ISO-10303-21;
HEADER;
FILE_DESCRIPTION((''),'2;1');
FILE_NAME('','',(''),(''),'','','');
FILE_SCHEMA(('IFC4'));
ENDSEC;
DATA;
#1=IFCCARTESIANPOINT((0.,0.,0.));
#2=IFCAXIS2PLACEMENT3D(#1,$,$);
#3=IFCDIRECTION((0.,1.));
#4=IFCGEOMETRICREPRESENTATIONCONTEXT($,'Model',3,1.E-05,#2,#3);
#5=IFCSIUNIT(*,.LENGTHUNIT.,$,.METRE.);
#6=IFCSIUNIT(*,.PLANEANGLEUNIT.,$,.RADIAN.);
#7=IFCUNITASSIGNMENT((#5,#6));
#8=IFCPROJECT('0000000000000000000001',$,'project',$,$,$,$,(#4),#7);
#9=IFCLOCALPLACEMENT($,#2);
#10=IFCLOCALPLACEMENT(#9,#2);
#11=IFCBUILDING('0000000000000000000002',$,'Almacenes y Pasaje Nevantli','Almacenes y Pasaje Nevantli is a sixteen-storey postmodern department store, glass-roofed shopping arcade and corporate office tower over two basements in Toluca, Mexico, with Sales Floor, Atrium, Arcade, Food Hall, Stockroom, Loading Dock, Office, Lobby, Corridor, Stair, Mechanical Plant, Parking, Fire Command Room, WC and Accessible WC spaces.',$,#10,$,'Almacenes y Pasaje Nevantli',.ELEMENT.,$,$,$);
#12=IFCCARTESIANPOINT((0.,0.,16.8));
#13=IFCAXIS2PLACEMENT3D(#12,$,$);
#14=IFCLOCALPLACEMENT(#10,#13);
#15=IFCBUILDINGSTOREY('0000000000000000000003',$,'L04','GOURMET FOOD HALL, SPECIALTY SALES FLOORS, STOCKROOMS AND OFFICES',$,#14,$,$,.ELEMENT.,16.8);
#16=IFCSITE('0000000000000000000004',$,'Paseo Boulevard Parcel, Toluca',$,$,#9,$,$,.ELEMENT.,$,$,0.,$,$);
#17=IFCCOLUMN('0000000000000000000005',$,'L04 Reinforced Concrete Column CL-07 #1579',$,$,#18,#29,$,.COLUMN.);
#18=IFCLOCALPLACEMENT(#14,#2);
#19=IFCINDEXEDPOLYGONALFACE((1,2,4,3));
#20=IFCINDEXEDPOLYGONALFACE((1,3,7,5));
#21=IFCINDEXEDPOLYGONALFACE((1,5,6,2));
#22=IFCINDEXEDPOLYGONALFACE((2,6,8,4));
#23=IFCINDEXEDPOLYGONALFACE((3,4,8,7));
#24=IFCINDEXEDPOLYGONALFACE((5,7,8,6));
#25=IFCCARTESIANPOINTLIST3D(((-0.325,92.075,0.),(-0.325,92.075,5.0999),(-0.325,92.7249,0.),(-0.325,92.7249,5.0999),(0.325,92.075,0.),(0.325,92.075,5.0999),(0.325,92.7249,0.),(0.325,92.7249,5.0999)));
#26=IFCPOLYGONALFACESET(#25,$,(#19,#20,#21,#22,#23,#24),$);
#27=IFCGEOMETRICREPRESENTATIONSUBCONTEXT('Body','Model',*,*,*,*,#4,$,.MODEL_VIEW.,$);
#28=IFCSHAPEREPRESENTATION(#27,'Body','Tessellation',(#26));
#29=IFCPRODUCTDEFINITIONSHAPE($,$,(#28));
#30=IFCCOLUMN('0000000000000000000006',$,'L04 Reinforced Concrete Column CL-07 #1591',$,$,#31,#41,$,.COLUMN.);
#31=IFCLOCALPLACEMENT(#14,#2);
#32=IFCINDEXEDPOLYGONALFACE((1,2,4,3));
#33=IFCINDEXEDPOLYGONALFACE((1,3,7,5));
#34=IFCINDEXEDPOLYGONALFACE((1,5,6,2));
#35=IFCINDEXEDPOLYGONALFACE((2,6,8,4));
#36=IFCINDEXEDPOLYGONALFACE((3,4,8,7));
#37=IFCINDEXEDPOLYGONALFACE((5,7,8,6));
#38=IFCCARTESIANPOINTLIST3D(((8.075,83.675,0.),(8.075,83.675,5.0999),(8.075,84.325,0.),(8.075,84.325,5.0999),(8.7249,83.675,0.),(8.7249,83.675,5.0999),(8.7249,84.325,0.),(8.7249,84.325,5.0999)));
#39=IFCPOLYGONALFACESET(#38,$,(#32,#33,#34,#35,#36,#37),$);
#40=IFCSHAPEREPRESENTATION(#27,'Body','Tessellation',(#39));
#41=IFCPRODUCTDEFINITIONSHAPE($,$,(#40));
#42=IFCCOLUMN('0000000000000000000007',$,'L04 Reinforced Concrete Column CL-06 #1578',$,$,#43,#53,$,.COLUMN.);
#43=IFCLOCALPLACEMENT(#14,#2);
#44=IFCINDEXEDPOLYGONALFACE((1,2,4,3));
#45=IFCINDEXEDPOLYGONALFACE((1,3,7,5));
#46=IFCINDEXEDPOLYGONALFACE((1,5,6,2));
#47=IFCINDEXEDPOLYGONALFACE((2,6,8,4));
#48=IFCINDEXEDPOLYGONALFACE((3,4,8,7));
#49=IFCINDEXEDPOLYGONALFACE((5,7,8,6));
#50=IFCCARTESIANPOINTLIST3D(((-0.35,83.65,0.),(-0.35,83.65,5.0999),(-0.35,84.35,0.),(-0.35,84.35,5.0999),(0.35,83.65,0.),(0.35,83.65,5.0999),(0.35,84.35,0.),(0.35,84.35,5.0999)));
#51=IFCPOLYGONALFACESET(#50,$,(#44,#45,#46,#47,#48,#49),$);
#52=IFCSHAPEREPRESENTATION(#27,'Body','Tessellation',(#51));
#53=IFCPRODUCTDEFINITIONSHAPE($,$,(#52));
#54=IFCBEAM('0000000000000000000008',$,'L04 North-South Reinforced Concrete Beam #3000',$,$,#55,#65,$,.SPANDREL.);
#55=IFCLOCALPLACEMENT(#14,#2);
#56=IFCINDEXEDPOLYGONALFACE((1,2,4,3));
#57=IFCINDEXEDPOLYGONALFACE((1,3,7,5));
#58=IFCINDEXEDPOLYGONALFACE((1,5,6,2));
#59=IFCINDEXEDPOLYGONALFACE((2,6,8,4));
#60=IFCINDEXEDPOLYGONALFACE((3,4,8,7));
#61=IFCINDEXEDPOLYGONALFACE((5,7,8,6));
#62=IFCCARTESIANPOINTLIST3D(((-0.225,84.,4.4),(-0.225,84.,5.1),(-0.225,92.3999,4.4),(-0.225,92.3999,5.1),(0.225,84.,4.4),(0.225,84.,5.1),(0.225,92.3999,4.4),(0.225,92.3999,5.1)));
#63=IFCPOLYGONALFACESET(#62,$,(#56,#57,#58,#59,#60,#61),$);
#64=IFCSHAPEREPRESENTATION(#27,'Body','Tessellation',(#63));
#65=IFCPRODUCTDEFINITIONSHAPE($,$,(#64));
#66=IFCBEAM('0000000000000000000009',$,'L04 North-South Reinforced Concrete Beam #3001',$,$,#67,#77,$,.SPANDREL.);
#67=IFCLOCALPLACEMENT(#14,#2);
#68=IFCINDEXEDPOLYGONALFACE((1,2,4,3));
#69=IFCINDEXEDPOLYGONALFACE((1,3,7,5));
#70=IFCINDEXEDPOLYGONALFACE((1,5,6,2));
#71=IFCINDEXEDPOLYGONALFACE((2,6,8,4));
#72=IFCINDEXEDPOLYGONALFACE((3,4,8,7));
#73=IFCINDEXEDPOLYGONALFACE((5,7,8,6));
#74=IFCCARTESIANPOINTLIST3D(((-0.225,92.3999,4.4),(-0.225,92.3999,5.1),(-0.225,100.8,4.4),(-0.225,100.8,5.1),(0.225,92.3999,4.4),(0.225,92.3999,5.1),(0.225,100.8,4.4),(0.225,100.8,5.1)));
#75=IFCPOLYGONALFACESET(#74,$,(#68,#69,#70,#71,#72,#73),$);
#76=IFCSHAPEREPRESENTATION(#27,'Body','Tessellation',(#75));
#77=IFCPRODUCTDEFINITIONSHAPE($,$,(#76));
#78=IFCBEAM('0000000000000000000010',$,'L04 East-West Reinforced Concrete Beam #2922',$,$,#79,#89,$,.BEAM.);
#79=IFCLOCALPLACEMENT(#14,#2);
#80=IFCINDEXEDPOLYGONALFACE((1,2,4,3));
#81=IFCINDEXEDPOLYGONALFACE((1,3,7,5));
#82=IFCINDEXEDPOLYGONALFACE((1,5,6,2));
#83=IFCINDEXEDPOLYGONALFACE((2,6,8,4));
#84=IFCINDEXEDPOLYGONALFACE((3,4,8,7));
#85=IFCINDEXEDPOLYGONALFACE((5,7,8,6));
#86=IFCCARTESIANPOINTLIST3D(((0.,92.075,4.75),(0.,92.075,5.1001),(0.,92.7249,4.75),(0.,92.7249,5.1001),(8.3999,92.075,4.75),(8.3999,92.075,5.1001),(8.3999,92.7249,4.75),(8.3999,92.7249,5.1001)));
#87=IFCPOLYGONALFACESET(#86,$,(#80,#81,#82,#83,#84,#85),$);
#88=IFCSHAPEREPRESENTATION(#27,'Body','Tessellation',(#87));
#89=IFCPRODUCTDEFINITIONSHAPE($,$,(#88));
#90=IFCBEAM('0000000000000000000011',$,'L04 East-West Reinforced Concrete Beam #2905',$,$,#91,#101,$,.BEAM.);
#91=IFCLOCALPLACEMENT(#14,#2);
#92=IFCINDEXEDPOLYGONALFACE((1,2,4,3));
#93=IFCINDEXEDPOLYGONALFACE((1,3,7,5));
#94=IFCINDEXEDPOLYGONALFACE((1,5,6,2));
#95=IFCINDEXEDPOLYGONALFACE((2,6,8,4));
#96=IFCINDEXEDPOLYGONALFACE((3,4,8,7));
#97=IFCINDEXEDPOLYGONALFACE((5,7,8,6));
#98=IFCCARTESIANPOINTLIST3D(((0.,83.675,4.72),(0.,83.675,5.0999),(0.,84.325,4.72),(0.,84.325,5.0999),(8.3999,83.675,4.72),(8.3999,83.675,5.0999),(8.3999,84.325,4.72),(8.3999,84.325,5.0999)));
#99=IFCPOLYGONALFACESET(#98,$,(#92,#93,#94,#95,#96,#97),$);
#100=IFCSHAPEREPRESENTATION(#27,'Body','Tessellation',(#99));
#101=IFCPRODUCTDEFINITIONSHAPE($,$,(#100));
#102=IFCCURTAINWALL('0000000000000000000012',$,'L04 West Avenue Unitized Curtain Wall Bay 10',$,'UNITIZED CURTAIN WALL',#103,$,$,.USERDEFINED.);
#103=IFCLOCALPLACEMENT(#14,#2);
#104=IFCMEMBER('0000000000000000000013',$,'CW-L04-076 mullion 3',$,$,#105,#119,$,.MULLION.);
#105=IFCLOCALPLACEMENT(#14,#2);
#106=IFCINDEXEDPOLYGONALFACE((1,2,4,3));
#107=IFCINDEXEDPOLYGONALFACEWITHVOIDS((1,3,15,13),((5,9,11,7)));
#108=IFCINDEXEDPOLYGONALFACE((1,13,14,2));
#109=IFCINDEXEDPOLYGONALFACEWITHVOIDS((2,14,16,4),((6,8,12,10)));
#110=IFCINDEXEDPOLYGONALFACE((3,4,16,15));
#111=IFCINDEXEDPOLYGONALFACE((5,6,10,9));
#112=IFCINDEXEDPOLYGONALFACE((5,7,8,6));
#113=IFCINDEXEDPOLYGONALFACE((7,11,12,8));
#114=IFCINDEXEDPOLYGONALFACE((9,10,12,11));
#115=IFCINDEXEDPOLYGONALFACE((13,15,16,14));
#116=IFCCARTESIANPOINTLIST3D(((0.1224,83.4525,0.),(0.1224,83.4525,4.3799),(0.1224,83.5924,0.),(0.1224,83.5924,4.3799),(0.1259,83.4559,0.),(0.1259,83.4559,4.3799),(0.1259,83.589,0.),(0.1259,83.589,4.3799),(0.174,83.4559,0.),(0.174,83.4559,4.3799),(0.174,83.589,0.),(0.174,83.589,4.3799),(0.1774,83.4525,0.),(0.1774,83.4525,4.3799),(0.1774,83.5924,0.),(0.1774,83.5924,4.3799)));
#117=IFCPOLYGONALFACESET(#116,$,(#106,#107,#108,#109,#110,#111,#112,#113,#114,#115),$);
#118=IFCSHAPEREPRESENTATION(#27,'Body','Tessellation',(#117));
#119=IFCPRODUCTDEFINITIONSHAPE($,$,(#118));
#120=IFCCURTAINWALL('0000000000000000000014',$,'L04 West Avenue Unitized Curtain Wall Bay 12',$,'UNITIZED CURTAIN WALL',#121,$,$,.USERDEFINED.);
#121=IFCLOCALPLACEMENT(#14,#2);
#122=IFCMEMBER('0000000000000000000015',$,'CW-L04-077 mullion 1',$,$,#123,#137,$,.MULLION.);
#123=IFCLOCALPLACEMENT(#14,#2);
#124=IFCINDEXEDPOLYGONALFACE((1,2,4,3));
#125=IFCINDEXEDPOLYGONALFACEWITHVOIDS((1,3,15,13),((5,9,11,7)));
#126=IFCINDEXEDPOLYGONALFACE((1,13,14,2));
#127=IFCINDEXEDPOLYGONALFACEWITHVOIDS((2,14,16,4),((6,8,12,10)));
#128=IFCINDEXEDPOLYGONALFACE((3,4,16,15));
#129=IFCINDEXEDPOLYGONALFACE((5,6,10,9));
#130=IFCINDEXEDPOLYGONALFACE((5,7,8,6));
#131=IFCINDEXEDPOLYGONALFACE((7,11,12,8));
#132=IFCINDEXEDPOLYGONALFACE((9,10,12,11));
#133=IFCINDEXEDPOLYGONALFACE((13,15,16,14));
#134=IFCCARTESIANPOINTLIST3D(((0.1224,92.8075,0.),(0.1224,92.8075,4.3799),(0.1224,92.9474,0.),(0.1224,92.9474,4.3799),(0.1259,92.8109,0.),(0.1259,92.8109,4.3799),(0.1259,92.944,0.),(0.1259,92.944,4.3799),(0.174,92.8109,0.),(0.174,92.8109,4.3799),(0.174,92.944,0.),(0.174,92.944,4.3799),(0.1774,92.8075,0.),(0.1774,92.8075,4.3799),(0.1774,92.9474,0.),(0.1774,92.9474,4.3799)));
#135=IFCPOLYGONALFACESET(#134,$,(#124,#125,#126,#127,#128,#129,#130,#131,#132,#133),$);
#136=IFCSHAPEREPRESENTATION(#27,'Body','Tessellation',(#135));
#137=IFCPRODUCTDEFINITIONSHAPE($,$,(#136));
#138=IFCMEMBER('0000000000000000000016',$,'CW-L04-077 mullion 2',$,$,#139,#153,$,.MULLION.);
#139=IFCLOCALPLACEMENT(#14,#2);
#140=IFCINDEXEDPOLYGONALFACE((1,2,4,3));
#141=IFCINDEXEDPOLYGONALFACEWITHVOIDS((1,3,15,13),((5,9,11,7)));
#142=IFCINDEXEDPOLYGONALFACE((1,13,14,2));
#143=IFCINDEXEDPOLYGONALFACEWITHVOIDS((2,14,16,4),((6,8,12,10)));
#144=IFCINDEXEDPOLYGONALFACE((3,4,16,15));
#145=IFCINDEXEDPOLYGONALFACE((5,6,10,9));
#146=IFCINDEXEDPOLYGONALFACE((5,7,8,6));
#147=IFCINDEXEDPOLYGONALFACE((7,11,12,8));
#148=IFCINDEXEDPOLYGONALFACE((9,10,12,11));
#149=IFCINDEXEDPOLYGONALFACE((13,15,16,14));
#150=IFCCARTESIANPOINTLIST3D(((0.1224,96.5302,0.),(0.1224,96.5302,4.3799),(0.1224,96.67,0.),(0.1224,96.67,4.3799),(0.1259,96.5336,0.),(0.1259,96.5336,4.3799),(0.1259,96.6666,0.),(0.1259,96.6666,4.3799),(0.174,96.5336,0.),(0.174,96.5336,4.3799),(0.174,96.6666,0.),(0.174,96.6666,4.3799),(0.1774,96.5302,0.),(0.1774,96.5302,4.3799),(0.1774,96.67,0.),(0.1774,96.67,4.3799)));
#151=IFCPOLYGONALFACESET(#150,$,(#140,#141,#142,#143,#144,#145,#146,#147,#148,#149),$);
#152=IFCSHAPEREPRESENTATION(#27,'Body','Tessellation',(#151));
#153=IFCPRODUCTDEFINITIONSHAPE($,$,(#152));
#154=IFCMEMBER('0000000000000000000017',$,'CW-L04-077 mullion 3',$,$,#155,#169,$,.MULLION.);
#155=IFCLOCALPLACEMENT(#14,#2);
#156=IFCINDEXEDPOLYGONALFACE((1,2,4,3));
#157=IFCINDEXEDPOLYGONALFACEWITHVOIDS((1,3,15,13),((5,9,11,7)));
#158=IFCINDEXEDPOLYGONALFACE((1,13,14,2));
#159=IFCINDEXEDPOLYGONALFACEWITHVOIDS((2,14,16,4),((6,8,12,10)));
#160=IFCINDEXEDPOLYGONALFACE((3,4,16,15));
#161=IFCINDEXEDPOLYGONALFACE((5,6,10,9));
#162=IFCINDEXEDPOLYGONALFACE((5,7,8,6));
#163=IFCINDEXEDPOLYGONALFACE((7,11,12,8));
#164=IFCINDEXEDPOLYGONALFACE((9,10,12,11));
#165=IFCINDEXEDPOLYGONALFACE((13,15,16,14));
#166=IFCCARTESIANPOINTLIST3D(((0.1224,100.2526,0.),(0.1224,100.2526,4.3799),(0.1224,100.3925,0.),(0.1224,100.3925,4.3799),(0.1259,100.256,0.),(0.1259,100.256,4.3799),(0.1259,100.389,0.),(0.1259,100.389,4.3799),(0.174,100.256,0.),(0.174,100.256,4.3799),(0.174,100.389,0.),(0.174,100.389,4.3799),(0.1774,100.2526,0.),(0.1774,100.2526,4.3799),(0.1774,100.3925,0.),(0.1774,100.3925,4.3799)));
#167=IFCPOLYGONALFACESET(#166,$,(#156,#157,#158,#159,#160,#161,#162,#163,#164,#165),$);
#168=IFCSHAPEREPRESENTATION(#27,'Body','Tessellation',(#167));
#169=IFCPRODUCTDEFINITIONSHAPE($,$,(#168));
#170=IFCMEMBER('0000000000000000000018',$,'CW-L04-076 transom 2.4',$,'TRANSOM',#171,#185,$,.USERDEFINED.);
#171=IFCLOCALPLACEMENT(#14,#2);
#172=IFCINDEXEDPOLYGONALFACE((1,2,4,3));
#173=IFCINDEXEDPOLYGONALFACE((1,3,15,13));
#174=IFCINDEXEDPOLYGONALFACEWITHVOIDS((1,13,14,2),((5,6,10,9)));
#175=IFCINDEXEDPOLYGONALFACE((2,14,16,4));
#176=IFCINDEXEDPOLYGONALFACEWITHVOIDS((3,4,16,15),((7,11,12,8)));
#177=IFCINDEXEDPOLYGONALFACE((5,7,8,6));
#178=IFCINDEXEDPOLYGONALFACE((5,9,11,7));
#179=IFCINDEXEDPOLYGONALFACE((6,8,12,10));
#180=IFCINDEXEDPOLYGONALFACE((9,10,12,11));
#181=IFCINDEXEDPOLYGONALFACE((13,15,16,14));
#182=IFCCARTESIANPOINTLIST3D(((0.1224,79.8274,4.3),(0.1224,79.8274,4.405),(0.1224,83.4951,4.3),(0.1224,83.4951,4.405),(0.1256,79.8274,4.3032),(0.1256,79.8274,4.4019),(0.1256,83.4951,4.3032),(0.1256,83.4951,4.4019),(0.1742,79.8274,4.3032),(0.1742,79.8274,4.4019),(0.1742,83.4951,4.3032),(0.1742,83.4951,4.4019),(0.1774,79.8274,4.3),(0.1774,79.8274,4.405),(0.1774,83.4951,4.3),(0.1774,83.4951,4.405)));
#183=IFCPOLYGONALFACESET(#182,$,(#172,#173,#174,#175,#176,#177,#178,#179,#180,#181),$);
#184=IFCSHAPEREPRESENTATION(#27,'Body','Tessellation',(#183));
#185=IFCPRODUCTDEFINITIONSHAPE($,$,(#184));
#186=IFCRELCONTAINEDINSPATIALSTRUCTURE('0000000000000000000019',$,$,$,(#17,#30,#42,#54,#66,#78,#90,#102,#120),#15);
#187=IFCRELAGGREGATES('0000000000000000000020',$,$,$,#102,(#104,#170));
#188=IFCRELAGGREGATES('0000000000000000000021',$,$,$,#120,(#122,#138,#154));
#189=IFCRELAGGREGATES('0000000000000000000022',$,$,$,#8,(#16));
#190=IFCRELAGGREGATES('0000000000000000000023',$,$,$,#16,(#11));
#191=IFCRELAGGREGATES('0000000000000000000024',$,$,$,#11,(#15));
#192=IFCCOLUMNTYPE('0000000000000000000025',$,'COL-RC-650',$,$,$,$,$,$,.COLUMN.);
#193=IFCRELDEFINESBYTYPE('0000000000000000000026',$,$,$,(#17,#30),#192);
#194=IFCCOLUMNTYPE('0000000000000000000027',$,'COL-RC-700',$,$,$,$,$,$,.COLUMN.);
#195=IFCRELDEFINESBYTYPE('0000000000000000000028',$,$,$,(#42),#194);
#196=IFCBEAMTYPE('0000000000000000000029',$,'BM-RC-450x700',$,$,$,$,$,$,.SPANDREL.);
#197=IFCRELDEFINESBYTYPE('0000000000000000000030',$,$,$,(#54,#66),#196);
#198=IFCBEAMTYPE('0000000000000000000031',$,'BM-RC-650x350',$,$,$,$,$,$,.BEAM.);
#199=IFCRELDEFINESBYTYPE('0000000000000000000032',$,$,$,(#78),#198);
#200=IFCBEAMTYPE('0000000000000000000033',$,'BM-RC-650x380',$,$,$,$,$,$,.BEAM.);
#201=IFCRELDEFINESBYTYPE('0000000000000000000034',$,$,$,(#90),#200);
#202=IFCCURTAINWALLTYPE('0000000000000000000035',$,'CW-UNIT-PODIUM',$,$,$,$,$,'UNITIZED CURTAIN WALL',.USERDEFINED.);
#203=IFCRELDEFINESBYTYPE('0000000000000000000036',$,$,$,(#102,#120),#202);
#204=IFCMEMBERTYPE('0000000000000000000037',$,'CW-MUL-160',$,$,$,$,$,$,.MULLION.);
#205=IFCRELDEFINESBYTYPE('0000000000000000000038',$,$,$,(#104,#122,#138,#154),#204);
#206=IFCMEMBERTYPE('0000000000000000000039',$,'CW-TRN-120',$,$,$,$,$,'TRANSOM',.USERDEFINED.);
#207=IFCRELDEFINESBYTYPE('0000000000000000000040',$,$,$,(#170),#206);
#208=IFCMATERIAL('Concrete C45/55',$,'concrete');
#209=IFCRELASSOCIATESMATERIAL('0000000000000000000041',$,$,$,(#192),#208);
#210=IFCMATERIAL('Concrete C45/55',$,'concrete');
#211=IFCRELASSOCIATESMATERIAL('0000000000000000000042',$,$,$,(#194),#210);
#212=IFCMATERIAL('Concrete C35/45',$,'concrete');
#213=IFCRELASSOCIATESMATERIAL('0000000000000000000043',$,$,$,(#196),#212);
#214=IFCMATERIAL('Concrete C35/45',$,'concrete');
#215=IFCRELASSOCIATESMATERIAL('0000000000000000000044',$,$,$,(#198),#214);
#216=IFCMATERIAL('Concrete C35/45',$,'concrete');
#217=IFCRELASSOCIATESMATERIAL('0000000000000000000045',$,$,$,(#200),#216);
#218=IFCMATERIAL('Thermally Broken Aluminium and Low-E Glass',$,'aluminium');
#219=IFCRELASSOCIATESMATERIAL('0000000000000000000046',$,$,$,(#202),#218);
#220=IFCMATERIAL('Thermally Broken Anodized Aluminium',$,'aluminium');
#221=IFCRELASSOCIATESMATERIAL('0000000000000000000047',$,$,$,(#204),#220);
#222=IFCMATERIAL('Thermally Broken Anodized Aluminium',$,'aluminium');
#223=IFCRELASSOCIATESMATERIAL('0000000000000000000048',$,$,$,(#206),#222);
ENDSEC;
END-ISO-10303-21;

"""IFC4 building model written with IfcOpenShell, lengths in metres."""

from ifc_helpers import new_model, si_unit, direction, frame, origin, origin_2d, place, context, subcontext, project, spatial, rectangle, hollow_rectangle, extrude, material, material_profile, profile_set, type_object, element, aggregate, save


model = new_model("IFC4")

# Units and contexts
model_context = context("Model", 3, precision=1e-05, world=origin(), true_north=direction((0.0, 1.0)))
body_context = subcontext(model_context, "Body", "Model", "MODEL_VIEW")
ifc_project = project(units=[si_unit("LENGTHUNIT", "METRE"), si_unit("PLANEANGLEUNIT", "RADIAN")], contexts=[model_context])

# Site, building, storey
site_placement = place(None, origin())
site = spatial("IfcSite", under=ifc_project, at=site_placement, Name="Paseo Boulevard Parcel, Toluca", CompositionType="ELEMENT", RefElevation=0.0)
building_placement = place(site_placement, origin())
building = spatial("IfcBuilding", under=site, at=building_placement, Name="Almacenes y Pasaje Nevantli", Description="Almacenes y Pasaje Nevantli is a sixteen-storey postmodern department store, glass-roofed shopping arcade and corporate office tower over two basements in Toluca, Mexico, with Sales Floor, Atrium, Arcade, Food Hall, Stockroom, Loading Dock, Office, Lobby, Corridor, Stair, Mechanical Plant, Parking, Fire Command Room, WC and Accessible WC spaces.", LongName="Almacenes y Pasaje Nevantli", CompositionType="ELEMENT")
storey_placement = place(building_placement, frame((0.0, 0.0, 16.8)))
storey = spatial("IfcBuildingStorey", under=building, at=storey_placement, Name="L04", Description="GOURMET FOOD HALL, SPECIALTY SALES FLOORS, STOCKROOMS AND OFFICES", CompositionType="ELEMENT", Elevation=16.8)

# Columns
ifc_material_1 = material(Name="Concrete C45/55", Category="concrete")
ifc_material_profile_1 = material_profile(ifc_material_1, rectangle(XDim=0.6499, YDim=0.6499, at=origin_2d()), Name="RC-COL-650x650")
ifc_profile_set_1 = profile_set([ifc_material_profile_1], Name="Concrete C45/55")
column_type_1 = type_object("IfcColumnType", Name="COL-RC-650", PredefinedType="COLUMN", material=ifc_profile_set_1)
for number, where, z_axis, x_axis, name in (
    (1, (0.0, 92.3999, 0.0), (0.0, 0.0, 1.0), (1.0, 0.0, 0.0), "L04 Reinforced Concrete Column CL-07 #1579"),
    (2, (8.3999, 84.0, 0.0), (0.0, 0.0, 1.0), (1.0, 0.0, 0.0), "L04 Reinforced Concrete Column CL-07 #1591"),
):
    element("IfcColumn", number, at=place(storey_placement, frame(where, z_axis=z_axis, x_axis=x_axis)), inside=storey, type_object=column_type_1, Name=name, PredefinedType="COLUMN", context=body_context, shape_type="SweptSolid", body=[
        extrude(rectangle(XDim=0.6499, YDim=0.6499, at=origin_2d()), origin(), (0.0, 0.0, 1.0), 5.0999),
    ])
ifc_material_2 = material(Name="Concrete C45/55", Category="concrete")
ifc_material_profile_2 = material_profile(ifc_material_2, rectangle(XDim=0.7, YDim=0.7, at=origin_2d()), Name="RC-COL-700x700")
ifc_profile_set_2 = profile_set([ifc_material_profile_2], Name="Concrete C45/55")
column_type_2 = type_object("IfcColumnType", Name="COL-RC-700", PredefinedType="COLUMN", material=ifc_profile_set_2)
column_placement = place(storey_placement, frame((0.0, 84.0, 0.0), z_axis=(0.0, 0.0, 1.0), x_axis=(1.0, 0.0, 0.0)))
element("IfcColumn", 3, at=column_placement, inside=storey, type_object=column_type_2, Name="L04 Reinforced Concrete Column CL-06 #1578", PredefinedType="COLUMN", context=body_context, shape_type="SweptSolid", body=[
    extrude(rectangle(XDim=0.7, YDim=0.7, at=origin_2d()), origin(), (0.0, 0.0, 1.0), 5.0999),
])

# Beams
ifc_material_3 = material(Name="Concrete C35/45", Category="concrete")
ifc_material_profile_3 = material_profile(ifc_material_3, rectangle(XDim=0.45, YDim=0.7, at=origin_2d()), Name="RC-BM-450x700")
ifc_profile_set_3 = profile_set([ifc_material_profile_3], Name="Concrete C35/45")
beam_type_1 = type_object("IfcBeamType", Name="BM-RC-450x700", PredefinedType="SPANDREL", material=ifc_profile_set_3)
beam_1_placement = place(storey_placement, frame((0.0, 84.0, 4.75), z_axis=(0.0, 1.0, 0.0), x_axis=(-1.0, 0.0, 0.0)))
element("IfcBeam", 4, at=beam_1_placement, inside=storey, type_object=beam_type_1, Name="L04 North-South Reinforced Concrete Beam #3000", PredefinedType="SPANDREL", context=body_context, shape_type="SweptSolid", body=[
    extrude(rectangle(XDim=0.45, YDim=0.7, at=origin_2d()), origin(), (0.0, 0.0, 1.0), 8.3999),
])
beam_2_placement = place(storey_placement, frame((0.0, 92.3999, 4.75), z_axis=(0.0, 1.0, 0.0), x_axis=(-1.0, 0.0, 0.0)))
element("IfcBeam", 5, at=beam_2_placement, inside=storey, type_object=beam_type_1, Name="L04 North-South Reinforced Concrete Beam #3001", PredefinedType="SPANDREL", context=body_context, shape_type="SweptSolid", body=[
    extrude(rectangle(XDim=0.45, YDim=0.7, at=origin_2d()), origin(), (0.0, 0.0, 1.0), 8.4001),
])
ifc_material_4 = material(Name="Concrete C35/45", Category="concrete")
ifc_material_profile_4 = material_profile(ifc_material_4, rectangle(XDim=0.6499, YDim=0.3501, at=origin_2d()), Name="RC-BM-650x350")
ifc_profile_set_4 = profile_set([ifc_material_profile_4], Name="Concrete C35/45")
beam_type_2 = type_object("IfcBeamType", Name="BM-RC-650x350", PredefinedType="BEAM", material=ifc_profile_set_4)
beam_3_placement = place(storey_placement, frame((0.0, 92.3999, 4.925), z_axis=(1.0, 0.0, 0.0), x_axis=(0.0, 1.0, 0.0)))
element("IfcBeam", 6, at=beam_3_placement, inside=storey, type_object=beam_type_2, Name="L04 East-West Reinforced Concrete Beam #2922", PredefinedType="BEAM", context=body_context, shape_type="SweptSolid", body=[
    extrude(rectangle(XDim=0.6499, YDim=0.3501, at=origin_2d()), origin(), (0.0, 0.0, 1.0), 8.3999),
])
ifc_material_5 = material(Name="Concrete C35/45", Category="concrete")
ifc_material_profile_5 = material_profile(ifc_material_5, rectangle(XDim=0.6499, YDim=0.3799, at=origin_2d()), Name="RC-BM-650x380")
ifc_profile_set_5 = profile_set([ifc_material_profile_5], Name="Concrete C35/45")
beam_type_3 = type_object("IfcBeamType", Name="BM-RC-650x380", PredefinedType="BEAM", material=ifc_profile_set_5)
beam_4_placement = place(storey_placement, frame((0.0, 84.0, 4.9099), z_axis=(1.0, 0.0, 0.0), x_axis=(0.0, 1.0, 0.0)))
element("IfcBeam", 7, at=beam_4_placement, inside=storey, type_object=beam_type_3, Name="L04 East-West Reinforced Concrete Beam #2905", PredefinedType="BEAM", context=body_context, shape_type="SweptSolid", body=[
    extrude(rectangle(XDim=0.6499, YDim=0.3799, at=origin_2d()), origin(), (0.0, 0.0, 1.0), 8.3999),
])

# Curtain wall, member
ifc_material_6 = material(Name="Thermally Broken Aluminium and Low-E Glass", Category="aluminium")
curtain_wall_type = type_object("IfcCurtainWallType", Name="CW-UNIT-PODIUM", ElementType="UNITIZED CURTAIN WALL", PredefinedType="USERDEFINED", material=ifc_material_6)
curtain_wall_1_placement = place(storey_placement, origin())
curtain_wall_1 = element("IfcCurtainWall", 8, at=curtain_wall_1_placement, inside=storey, type_object=curtain_wall_type, Name="L04 West Avenue Unitized Curtain Wall Bay 10", ObjectType="UNITIZED CURTAIN WALL", PredefinedType="USERDEFINED")
ifc_material_7 = material(Name="Thermally Broken Anodized Aluminium", Category="aluminium")
ifc_material_profile_6 = material_profile(ifc_material_7, hollow_rectangle(XDim=0.0549, YDim=0.1399, WallThickness=0.0034, at=origin_2d()), Name="ALU-MUL-55x140")
ifc_profile_set_6 = profile_set([ifc_material_profile_6], Name="Thermally Broken Anodized Aluminium")
member_type_1 = type_object("IfcMemberType", Name="CW-MUL-160", PredefinedType="MULLION", material=ifc_profile_set_6)
member_1_placement = place(storey_placement, frame((0.1499, 83.5225, 0.0), z_axis=(0.0, 0.0, 1.0), x_axis=(-1.0, 0.0, 0.0)))
member_1 = element("IfcMember", 9, at=member_1_placement, type_object=member_type_1, Name="CW-L04-076 mullion 3", PredefinedType="MULLION", context=body_context, shape_type="SweptSolid", body=[
    extrude(hollow_rectangle(XDim=0.0549, YDim=0.1399, WallThickness=0.0034, at=origin_2d()), origin(), (0.0, 0.0, 1.0), 4.3799),
])

# Curtain wall, members
curtain_wall_2_placement = place(storey_placement, origin())
curtain_wall_2 = element("IfcCurtainWall", 10, at=curtain_wall_2_placement, inside=storey, type_object=curtain_wall_type, Name="L04 West Avenue Unitized Curtain Wall Bay 12", ObjectType="UNITIZED CURTAIN WALL", PredefinedType="USERDEFINED")
member_2_placement = place(storey_placement, frame((0.1499, 92.8774, 0.0), z_axis=(0.0, 0.0, 1.0), x_axis=(-1.0, 0.0, 0.0)))
member_2 = element("IfcMember", 11, at=member_2_placement, type_object=member_type_1, Name="CW-L04-077 mullion 1", PredefinedType="MULLION", context=body_context, shape_type="SweptSolid", body=[
    extrude(hollow_rectangle(XDim=0.0549, YDim=0.1399, WallThickness=0.0034, at=origin_2d()), origin(), (0.0, 0.0, 1.0), 4.3799),
])
member_3_placement = place(storey_placement, frame((0.1499, 96.6001, 0.0), z_axis=(0.0, 0.0, 1.0), x_axis=(-1.0, 0.0, 0.0)))
member_3 = element("IfcMember", 12, at=member_3_placement, type_object=member_type_1, Name="CW-L04-077 mullion 2", PredefinedType="MULLION", context=body_context, shape_type="SweptSolid", body=[
    extrude(hollow_rectangle(XDim=0.0549, YDim=0.1399, WallThickness=0.0034, at=origin_2d()), origin(), (0.0, 0.0, 1.0), 4.3799),
])
member_4_placement = place(storey_placement, frame((0.1499, 100.3225, 0.0), z_axis=(0.0, 0.0, 1.0), x_axis=(-1.0, 0.0, 0.0)))
member_4 = element("IfcMember", 13, at=member_4_placement, type_object=member_type_1, Name="CW-L04-077 mullion 3", PredefinedType="MULLION", context=body_context, shape_type="SweptSolid", body=[
    extrude(hollow_rectangle(XDim=0.0549, YDim=0.1399, WallThickness=0.0034, at=origin_2d()), origin(), (0.0, 0.0, 1.0), 4.3799),
])

# Member
ifc_material_8 = material(Name="Thermally Broken Anodized Aluminium", Category="aluminium")
ifc_material_profile_7 = material_profile(ifc_material_8, hollow_rectangle(XDim=0.0549, YDim=0.105, WallThickness=0.0032, at=origin_2d()), Name="ALU-TRN-55x105")
ifc_profile_set_7 = profile_set([ifc_material_profile_7], Name="Thermally Broken Anodized Aluminium")
member_type_2 = type_object("IfcMemberType", Name="CW-TRN-120", ElementType="TRANSOM", PredefinedType="USERDEFINED", material=ifc_profile_set_7)
member_5_placement = place(storey_placement, frame((0.1499, 79.8274, 4.3525), z_axis=(0.0, 1.0, 0.0), x_axis=(-1.0, 0.0, 0.0)))
member_5 = element("IfcMember", 14, at=member_5_placement, type_object=member_type_2, Name="CW-L04-076 transom 2.4", ObjectType="TRANSOM", PredefinedType="USERDEFINED", context=body_context, shape_type="SweptSolid", body=[
    extrude(hollow_rectangle(XDim=0.0549, YDim=0.105, WallThickness=0.0032, at=origin_2d()), origin(), (0.0, 0.0, 1.0), 3.6677),
])

aggregate(curtain_wall_1, [member_1, member_5])
aggregate(curtain_wall_2, [member_2, member_3, member_4])

save(model, "model.ifc")
